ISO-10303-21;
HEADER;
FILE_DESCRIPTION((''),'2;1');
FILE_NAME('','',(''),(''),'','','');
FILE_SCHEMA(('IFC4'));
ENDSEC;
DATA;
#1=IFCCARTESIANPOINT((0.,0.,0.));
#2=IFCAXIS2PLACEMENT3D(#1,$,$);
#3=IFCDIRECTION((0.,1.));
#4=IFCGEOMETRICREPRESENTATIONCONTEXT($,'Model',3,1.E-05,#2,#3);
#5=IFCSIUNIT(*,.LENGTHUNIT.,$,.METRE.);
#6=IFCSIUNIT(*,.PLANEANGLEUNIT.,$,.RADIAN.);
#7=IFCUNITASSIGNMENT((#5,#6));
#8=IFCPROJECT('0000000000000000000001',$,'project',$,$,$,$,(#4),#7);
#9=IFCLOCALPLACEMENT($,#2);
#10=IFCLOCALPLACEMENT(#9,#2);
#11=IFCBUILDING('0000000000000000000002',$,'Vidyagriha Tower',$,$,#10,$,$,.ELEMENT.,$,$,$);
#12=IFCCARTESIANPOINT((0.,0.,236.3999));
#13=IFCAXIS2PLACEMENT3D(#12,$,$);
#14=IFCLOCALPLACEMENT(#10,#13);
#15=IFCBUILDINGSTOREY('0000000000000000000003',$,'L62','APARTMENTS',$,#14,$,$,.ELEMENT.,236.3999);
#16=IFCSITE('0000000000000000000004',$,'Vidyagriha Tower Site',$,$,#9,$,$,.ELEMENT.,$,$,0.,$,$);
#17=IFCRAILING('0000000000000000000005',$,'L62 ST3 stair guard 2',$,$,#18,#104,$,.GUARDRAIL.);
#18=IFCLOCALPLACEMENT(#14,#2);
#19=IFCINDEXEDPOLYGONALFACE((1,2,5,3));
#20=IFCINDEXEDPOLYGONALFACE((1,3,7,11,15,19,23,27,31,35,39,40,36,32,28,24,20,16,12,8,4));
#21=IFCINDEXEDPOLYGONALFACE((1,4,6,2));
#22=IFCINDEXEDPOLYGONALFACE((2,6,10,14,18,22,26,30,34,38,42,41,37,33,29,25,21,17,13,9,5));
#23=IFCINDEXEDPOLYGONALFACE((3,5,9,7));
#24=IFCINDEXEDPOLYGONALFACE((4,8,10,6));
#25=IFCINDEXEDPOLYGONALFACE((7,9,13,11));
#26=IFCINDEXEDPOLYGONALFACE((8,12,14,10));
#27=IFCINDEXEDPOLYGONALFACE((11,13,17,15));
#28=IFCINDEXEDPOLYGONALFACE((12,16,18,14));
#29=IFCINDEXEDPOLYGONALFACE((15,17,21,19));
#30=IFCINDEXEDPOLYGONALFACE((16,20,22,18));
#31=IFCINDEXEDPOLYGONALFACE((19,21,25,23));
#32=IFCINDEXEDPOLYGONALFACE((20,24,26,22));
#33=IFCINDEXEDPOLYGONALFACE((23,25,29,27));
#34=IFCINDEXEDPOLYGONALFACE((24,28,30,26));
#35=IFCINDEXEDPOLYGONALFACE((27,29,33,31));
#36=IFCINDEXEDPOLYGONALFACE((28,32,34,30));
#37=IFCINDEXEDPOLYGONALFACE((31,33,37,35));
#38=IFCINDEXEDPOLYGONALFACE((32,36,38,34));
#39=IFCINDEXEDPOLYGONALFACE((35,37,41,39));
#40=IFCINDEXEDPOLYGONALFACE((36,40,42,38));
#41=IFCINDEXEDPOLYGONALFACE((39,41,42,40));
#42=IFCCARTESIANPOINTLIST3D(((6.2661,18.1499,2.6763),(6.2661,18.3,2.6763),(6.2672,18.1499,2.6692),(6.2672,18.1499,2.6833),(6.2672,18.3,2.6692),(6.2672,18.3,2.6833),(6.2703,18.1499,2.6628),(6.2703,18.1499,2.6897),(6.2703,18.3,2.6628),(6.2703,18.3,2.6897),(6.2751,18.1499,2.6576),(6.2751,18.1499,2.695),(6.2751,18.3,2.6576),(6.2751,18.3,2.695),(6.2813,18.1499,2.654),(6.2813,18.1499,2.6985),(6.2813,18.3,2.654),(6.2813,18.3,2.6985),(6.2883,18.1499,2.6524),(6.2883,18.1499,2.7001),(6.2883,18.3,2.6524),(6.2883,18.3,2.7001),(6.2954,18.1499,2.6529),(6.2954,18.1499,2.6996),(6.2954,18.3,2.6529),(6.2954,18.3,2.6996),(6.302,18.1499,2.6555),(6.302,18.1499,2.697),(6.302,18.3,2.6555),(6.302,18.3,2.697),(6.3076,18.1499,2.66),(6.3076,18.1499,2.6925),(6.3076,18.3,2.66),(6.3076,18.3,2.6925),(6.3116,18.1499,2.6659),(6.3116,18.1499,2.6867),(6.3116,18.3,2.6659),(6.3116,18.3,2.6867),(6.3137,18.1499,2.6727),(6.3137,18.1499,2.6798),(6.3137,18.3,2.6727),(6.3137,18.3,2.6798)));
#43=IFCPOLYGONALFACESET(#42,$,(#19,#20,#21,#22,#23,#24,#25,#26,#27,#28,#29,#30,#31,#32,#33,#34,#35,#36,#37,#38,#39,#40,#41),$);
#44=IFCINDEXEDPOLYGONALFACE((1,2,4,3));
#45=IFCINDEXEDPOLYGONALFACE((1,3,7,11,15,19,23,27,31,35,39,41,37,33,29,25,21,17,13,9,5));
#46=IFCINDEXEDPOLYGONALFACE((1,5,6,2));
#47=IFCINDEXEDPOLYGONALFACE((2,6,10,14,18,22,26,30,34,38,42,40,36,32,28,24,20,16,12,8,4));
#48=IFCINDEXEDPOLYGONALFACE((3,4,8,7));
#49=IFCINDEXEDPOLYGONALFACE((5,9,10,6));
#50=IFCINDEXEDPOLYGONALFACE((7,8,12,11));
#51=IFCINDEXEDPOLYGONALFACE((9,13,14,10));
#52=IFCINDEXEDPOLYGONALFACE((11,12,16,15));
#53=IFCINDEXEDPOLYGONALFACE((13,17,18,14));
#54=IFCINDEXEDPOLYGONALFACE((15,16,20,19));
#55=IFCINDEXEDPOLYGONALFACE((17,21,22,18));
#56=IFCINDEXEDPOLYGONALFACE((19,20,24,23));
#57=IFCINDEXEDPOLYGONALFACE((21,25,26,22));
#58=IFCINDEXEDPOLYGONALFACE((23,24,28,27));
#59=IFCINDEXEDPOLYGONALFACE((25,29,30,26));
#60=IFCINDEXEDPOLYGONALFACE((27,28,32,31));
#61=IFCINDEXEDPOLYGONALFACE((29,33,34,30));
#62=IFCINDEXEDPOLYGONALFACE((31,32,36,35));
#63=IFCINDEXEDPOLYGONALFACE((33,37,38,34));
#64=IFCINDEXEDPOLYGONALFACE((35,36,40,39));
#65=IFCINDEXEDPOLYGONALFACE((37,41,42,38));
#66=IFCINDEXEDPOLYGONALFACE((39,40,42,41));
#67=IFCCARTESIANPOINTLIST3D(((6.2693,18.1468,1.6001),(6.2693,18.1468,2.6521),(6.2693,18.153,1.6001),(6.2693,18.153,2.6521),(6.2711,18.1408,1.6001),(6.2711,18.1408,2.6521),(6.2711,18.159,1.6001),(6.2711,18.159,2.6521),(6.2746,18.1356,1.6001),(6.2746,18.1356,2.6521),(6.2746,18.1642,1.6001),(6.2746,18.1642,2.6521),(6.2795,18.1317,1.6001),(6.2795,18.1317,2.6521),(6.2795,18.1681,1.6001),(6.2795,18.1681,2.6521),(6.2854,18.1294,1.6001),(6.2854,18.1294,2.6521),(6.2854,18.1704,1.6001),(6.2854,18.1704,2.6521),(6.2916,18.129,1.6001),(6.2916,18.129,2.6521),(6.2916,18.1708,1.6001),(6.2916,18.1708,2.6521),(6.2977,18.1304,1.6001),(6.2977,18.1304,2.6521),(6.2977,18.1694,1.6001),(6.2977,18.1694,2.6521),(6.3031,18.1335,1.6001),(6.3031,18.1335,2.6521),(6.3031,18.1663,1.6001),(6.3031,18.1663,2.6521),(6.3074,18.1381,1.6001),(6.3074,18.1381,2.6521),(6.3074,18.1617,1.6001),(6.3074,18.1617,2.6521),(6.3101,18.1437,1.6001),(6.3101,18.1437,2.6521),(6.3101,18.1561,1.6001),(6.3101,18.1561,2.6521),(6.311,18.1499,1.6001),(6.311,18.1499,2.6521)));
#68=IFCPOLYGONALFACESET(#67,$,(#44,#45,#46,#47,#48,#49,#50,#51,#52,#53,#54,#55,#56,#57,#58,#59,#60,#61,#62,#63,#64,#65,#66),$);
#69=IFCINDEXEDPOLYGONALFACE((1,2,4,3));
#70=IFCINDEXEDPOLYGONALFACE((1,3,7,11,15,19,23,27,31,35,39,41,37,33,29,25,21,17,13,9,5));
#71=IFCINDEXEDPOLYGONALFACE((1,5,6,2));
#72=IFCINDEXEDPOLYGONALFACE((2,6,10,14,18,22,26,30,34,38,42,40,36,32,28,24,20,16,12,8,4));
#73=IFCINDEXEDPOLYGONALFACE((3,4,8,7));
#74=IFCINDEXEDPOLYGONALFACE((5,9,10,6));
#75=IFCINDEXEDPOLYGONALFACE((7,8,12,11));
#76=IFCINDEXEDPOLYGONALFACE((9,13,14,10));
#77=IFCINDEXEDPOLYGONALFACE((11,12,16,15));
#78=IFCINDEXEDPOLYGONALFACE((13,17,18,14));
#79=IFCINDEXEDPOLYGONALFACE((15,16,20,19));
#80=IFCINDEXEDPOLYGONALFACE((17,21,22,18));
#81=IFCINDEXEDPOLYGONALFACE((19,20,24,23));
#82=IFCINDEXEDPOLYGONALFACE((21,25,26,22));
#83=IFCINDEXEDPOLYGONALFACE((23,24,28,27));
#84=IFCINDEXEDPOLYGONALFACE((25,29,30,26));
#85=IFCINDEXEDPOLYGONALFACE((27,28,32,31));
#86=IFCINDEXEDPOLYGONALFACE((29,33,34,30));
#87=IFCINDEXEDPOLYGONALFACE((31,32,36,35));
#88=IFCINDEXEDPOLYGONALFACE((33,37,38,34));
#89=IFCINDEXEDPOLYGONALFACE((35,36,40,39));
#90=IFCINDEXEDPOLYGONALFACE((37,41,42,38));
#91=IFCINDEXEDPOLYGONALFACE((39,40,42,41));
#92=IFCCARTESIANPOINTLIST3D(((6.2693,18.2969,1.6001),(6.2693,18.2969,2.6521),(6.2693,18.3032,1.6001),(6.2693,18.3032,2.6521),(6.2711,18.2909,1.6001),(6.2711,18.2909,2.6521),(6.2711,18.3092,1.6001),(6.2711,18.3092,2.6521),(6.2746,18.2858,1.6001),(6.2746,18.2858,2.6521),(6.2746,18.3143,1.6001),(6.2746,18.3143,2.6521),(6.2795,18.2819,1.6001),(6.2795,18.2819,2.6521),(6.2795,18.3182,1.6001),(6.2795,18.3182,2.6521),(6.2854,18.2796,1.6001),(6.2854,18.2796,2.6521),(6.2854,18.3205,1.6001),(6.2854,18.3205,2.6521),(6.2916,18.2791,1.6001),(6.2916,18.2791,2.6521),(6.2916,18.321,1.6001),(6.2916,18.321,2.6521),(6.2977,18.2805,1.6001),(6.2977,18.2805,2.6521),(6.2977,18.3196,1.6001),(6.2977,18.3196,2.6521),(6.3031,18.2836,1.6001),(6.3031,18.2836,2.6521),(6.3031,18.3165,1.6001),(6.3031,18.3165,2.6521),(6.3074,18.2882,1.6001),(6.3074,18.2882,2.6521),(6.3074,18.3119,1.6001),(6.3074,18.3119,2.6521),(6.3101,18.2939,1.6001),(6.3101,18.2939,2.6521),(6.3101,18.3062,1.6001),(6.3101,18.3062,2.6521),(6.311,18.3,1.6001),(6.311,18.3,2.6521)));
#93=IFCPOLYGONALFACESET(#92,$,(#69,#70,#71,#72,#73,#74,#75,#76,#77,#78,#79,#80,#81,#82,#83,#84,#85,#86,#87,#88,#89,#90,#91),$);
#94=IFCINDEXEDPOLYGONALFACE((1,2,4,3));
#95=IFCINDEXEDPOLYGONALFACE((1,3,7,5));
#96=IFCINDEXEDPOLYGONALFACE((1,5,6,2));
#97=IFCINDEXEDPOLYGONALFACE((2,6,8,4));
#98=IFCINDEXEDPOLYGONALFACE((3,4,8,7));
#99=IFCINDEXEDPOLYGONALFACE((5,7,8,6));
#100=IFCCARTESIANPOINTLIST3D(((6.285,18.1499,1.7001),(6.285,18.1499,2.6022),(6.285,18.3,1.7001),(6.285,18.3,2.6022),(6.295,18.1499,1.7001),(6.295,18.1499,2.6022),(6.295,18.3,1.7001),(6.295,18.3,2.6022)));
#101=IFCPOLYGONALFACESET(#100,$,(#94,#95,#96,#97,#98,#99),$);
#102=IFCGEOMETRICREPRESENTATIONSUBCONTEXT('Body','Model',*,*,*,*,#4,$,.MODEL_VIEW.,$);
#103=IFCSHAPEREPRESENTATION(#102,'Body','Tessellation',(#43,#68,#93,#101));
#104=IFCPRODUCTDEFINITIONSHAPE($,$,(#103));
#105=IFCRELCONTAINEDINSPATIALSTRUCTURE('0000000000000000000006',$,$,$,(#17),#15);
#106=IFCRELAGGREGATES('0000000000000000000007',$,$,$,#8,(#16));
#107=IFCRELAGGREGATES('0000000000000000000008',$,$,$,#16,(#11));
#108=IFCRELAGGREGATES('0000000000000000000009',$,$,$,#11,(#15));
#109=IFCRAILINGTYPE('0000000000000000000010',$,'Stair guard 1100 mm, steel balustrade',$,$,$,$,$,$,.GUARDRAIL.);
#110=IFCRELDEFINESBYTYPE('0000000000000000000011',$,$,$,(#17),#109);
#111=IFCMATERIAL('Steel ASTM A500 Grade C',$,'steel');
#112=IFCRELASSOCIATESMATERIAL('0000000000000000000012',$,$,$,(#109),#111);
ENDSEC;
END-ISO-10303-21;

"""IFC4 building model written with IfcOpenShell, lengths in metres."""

from ifc_helpers import new_model, si_unit, direction, frame, origin, origin_2d, place, context, subcontext, project, spatial, rectangle, circle, extrude, material, type_object, element, save


model = new_model("IFC4")

# Units and contexts
model_context = context("Model", 3, precision=1e-05, world=origin(), true_north=direction((0.0, 1.0)))
body_context = subcontext(model_context, "Body", "Model", "MODEL_VIEW")
ifc_project = project(units=[si_unit("LENGTHUNIT", "METRE"), si_unit("PLANEANGLEUNIT", "RADIAN")], contexts=[model_context])

# Site, building, storey
site_placement = place(None, origin())
site = spatial("IfcSite", under=ifc_project, at=site_placement, Name="Vidyagriha Tower Site", CompositionType="ELEMENT", RefElevation=0.0)
building_placement = place(site_placement, origin())
building = spatial("IfcBuilding", under=site, at=building_placement, Name="Vidyagriha Tower", CompositionType="ELEMENT")
storey_placement = place(building_placement, frame((0.0, 0.0, 236.3999)))
storey = spatial("IfcBuildingStorey", under=building, at=storey_placement, Name="L62", Description="APARTMENTS", CompositionType="ELEMENT", Elevation=236.3999)

# Railing
ifc_material_1 = material(Name="Steel ASTM A500 Grade C", Category="steel")
railing_type_1 = type_object("IfcRailingType", Name="Stair guard 1100 mm, steel balustrade", PredefinedType="GUARDRAIL", material=ifc_material_1)
railing_1_placement = place(storey_placement, frame((6.29, 18.1499, 1.6001)))
element("IfcRailing", 1, at=railing_1_placement, inside=storey, type_object=railing_type_1, Name="L62 ST3 stair guard 2", PredefinedType="GUARDRAIL", context=body_context, shape_type="SweptSolid", body=[
    extrude(circle(Radius=0.0239, at=origin_2d()), frame((0.0, 0.0, 1.0762), z_axis=(0.0, 1.0, 0.0), x_axis=(-1.0, 0.0, 0.0)), (0.0, 0.0, 1.0), 0.1501),
    extrude(circle(Radius=0.021, at=origin_2d()), origin(), (0.0, 0.0, 1.0), 1.052),
    extrude(circle(Radius=0.021, at=origin_2d()), frame((0.0, 0.1501, 0.0)), (0.0, 0.0, 1.0), 1.052),
    extrude(rectangle(XDim=0.01, YDim=0.9021, at=origin_2d()), frame((0.0, 0.0, 0.551), z_axis=(0.0, 1.0, 0.0), x_axis=(-1.0, 0.0, 0.0)), (0.0, 0.0, 1.0), 0.1501),
])

save(model, "model.ifc")
